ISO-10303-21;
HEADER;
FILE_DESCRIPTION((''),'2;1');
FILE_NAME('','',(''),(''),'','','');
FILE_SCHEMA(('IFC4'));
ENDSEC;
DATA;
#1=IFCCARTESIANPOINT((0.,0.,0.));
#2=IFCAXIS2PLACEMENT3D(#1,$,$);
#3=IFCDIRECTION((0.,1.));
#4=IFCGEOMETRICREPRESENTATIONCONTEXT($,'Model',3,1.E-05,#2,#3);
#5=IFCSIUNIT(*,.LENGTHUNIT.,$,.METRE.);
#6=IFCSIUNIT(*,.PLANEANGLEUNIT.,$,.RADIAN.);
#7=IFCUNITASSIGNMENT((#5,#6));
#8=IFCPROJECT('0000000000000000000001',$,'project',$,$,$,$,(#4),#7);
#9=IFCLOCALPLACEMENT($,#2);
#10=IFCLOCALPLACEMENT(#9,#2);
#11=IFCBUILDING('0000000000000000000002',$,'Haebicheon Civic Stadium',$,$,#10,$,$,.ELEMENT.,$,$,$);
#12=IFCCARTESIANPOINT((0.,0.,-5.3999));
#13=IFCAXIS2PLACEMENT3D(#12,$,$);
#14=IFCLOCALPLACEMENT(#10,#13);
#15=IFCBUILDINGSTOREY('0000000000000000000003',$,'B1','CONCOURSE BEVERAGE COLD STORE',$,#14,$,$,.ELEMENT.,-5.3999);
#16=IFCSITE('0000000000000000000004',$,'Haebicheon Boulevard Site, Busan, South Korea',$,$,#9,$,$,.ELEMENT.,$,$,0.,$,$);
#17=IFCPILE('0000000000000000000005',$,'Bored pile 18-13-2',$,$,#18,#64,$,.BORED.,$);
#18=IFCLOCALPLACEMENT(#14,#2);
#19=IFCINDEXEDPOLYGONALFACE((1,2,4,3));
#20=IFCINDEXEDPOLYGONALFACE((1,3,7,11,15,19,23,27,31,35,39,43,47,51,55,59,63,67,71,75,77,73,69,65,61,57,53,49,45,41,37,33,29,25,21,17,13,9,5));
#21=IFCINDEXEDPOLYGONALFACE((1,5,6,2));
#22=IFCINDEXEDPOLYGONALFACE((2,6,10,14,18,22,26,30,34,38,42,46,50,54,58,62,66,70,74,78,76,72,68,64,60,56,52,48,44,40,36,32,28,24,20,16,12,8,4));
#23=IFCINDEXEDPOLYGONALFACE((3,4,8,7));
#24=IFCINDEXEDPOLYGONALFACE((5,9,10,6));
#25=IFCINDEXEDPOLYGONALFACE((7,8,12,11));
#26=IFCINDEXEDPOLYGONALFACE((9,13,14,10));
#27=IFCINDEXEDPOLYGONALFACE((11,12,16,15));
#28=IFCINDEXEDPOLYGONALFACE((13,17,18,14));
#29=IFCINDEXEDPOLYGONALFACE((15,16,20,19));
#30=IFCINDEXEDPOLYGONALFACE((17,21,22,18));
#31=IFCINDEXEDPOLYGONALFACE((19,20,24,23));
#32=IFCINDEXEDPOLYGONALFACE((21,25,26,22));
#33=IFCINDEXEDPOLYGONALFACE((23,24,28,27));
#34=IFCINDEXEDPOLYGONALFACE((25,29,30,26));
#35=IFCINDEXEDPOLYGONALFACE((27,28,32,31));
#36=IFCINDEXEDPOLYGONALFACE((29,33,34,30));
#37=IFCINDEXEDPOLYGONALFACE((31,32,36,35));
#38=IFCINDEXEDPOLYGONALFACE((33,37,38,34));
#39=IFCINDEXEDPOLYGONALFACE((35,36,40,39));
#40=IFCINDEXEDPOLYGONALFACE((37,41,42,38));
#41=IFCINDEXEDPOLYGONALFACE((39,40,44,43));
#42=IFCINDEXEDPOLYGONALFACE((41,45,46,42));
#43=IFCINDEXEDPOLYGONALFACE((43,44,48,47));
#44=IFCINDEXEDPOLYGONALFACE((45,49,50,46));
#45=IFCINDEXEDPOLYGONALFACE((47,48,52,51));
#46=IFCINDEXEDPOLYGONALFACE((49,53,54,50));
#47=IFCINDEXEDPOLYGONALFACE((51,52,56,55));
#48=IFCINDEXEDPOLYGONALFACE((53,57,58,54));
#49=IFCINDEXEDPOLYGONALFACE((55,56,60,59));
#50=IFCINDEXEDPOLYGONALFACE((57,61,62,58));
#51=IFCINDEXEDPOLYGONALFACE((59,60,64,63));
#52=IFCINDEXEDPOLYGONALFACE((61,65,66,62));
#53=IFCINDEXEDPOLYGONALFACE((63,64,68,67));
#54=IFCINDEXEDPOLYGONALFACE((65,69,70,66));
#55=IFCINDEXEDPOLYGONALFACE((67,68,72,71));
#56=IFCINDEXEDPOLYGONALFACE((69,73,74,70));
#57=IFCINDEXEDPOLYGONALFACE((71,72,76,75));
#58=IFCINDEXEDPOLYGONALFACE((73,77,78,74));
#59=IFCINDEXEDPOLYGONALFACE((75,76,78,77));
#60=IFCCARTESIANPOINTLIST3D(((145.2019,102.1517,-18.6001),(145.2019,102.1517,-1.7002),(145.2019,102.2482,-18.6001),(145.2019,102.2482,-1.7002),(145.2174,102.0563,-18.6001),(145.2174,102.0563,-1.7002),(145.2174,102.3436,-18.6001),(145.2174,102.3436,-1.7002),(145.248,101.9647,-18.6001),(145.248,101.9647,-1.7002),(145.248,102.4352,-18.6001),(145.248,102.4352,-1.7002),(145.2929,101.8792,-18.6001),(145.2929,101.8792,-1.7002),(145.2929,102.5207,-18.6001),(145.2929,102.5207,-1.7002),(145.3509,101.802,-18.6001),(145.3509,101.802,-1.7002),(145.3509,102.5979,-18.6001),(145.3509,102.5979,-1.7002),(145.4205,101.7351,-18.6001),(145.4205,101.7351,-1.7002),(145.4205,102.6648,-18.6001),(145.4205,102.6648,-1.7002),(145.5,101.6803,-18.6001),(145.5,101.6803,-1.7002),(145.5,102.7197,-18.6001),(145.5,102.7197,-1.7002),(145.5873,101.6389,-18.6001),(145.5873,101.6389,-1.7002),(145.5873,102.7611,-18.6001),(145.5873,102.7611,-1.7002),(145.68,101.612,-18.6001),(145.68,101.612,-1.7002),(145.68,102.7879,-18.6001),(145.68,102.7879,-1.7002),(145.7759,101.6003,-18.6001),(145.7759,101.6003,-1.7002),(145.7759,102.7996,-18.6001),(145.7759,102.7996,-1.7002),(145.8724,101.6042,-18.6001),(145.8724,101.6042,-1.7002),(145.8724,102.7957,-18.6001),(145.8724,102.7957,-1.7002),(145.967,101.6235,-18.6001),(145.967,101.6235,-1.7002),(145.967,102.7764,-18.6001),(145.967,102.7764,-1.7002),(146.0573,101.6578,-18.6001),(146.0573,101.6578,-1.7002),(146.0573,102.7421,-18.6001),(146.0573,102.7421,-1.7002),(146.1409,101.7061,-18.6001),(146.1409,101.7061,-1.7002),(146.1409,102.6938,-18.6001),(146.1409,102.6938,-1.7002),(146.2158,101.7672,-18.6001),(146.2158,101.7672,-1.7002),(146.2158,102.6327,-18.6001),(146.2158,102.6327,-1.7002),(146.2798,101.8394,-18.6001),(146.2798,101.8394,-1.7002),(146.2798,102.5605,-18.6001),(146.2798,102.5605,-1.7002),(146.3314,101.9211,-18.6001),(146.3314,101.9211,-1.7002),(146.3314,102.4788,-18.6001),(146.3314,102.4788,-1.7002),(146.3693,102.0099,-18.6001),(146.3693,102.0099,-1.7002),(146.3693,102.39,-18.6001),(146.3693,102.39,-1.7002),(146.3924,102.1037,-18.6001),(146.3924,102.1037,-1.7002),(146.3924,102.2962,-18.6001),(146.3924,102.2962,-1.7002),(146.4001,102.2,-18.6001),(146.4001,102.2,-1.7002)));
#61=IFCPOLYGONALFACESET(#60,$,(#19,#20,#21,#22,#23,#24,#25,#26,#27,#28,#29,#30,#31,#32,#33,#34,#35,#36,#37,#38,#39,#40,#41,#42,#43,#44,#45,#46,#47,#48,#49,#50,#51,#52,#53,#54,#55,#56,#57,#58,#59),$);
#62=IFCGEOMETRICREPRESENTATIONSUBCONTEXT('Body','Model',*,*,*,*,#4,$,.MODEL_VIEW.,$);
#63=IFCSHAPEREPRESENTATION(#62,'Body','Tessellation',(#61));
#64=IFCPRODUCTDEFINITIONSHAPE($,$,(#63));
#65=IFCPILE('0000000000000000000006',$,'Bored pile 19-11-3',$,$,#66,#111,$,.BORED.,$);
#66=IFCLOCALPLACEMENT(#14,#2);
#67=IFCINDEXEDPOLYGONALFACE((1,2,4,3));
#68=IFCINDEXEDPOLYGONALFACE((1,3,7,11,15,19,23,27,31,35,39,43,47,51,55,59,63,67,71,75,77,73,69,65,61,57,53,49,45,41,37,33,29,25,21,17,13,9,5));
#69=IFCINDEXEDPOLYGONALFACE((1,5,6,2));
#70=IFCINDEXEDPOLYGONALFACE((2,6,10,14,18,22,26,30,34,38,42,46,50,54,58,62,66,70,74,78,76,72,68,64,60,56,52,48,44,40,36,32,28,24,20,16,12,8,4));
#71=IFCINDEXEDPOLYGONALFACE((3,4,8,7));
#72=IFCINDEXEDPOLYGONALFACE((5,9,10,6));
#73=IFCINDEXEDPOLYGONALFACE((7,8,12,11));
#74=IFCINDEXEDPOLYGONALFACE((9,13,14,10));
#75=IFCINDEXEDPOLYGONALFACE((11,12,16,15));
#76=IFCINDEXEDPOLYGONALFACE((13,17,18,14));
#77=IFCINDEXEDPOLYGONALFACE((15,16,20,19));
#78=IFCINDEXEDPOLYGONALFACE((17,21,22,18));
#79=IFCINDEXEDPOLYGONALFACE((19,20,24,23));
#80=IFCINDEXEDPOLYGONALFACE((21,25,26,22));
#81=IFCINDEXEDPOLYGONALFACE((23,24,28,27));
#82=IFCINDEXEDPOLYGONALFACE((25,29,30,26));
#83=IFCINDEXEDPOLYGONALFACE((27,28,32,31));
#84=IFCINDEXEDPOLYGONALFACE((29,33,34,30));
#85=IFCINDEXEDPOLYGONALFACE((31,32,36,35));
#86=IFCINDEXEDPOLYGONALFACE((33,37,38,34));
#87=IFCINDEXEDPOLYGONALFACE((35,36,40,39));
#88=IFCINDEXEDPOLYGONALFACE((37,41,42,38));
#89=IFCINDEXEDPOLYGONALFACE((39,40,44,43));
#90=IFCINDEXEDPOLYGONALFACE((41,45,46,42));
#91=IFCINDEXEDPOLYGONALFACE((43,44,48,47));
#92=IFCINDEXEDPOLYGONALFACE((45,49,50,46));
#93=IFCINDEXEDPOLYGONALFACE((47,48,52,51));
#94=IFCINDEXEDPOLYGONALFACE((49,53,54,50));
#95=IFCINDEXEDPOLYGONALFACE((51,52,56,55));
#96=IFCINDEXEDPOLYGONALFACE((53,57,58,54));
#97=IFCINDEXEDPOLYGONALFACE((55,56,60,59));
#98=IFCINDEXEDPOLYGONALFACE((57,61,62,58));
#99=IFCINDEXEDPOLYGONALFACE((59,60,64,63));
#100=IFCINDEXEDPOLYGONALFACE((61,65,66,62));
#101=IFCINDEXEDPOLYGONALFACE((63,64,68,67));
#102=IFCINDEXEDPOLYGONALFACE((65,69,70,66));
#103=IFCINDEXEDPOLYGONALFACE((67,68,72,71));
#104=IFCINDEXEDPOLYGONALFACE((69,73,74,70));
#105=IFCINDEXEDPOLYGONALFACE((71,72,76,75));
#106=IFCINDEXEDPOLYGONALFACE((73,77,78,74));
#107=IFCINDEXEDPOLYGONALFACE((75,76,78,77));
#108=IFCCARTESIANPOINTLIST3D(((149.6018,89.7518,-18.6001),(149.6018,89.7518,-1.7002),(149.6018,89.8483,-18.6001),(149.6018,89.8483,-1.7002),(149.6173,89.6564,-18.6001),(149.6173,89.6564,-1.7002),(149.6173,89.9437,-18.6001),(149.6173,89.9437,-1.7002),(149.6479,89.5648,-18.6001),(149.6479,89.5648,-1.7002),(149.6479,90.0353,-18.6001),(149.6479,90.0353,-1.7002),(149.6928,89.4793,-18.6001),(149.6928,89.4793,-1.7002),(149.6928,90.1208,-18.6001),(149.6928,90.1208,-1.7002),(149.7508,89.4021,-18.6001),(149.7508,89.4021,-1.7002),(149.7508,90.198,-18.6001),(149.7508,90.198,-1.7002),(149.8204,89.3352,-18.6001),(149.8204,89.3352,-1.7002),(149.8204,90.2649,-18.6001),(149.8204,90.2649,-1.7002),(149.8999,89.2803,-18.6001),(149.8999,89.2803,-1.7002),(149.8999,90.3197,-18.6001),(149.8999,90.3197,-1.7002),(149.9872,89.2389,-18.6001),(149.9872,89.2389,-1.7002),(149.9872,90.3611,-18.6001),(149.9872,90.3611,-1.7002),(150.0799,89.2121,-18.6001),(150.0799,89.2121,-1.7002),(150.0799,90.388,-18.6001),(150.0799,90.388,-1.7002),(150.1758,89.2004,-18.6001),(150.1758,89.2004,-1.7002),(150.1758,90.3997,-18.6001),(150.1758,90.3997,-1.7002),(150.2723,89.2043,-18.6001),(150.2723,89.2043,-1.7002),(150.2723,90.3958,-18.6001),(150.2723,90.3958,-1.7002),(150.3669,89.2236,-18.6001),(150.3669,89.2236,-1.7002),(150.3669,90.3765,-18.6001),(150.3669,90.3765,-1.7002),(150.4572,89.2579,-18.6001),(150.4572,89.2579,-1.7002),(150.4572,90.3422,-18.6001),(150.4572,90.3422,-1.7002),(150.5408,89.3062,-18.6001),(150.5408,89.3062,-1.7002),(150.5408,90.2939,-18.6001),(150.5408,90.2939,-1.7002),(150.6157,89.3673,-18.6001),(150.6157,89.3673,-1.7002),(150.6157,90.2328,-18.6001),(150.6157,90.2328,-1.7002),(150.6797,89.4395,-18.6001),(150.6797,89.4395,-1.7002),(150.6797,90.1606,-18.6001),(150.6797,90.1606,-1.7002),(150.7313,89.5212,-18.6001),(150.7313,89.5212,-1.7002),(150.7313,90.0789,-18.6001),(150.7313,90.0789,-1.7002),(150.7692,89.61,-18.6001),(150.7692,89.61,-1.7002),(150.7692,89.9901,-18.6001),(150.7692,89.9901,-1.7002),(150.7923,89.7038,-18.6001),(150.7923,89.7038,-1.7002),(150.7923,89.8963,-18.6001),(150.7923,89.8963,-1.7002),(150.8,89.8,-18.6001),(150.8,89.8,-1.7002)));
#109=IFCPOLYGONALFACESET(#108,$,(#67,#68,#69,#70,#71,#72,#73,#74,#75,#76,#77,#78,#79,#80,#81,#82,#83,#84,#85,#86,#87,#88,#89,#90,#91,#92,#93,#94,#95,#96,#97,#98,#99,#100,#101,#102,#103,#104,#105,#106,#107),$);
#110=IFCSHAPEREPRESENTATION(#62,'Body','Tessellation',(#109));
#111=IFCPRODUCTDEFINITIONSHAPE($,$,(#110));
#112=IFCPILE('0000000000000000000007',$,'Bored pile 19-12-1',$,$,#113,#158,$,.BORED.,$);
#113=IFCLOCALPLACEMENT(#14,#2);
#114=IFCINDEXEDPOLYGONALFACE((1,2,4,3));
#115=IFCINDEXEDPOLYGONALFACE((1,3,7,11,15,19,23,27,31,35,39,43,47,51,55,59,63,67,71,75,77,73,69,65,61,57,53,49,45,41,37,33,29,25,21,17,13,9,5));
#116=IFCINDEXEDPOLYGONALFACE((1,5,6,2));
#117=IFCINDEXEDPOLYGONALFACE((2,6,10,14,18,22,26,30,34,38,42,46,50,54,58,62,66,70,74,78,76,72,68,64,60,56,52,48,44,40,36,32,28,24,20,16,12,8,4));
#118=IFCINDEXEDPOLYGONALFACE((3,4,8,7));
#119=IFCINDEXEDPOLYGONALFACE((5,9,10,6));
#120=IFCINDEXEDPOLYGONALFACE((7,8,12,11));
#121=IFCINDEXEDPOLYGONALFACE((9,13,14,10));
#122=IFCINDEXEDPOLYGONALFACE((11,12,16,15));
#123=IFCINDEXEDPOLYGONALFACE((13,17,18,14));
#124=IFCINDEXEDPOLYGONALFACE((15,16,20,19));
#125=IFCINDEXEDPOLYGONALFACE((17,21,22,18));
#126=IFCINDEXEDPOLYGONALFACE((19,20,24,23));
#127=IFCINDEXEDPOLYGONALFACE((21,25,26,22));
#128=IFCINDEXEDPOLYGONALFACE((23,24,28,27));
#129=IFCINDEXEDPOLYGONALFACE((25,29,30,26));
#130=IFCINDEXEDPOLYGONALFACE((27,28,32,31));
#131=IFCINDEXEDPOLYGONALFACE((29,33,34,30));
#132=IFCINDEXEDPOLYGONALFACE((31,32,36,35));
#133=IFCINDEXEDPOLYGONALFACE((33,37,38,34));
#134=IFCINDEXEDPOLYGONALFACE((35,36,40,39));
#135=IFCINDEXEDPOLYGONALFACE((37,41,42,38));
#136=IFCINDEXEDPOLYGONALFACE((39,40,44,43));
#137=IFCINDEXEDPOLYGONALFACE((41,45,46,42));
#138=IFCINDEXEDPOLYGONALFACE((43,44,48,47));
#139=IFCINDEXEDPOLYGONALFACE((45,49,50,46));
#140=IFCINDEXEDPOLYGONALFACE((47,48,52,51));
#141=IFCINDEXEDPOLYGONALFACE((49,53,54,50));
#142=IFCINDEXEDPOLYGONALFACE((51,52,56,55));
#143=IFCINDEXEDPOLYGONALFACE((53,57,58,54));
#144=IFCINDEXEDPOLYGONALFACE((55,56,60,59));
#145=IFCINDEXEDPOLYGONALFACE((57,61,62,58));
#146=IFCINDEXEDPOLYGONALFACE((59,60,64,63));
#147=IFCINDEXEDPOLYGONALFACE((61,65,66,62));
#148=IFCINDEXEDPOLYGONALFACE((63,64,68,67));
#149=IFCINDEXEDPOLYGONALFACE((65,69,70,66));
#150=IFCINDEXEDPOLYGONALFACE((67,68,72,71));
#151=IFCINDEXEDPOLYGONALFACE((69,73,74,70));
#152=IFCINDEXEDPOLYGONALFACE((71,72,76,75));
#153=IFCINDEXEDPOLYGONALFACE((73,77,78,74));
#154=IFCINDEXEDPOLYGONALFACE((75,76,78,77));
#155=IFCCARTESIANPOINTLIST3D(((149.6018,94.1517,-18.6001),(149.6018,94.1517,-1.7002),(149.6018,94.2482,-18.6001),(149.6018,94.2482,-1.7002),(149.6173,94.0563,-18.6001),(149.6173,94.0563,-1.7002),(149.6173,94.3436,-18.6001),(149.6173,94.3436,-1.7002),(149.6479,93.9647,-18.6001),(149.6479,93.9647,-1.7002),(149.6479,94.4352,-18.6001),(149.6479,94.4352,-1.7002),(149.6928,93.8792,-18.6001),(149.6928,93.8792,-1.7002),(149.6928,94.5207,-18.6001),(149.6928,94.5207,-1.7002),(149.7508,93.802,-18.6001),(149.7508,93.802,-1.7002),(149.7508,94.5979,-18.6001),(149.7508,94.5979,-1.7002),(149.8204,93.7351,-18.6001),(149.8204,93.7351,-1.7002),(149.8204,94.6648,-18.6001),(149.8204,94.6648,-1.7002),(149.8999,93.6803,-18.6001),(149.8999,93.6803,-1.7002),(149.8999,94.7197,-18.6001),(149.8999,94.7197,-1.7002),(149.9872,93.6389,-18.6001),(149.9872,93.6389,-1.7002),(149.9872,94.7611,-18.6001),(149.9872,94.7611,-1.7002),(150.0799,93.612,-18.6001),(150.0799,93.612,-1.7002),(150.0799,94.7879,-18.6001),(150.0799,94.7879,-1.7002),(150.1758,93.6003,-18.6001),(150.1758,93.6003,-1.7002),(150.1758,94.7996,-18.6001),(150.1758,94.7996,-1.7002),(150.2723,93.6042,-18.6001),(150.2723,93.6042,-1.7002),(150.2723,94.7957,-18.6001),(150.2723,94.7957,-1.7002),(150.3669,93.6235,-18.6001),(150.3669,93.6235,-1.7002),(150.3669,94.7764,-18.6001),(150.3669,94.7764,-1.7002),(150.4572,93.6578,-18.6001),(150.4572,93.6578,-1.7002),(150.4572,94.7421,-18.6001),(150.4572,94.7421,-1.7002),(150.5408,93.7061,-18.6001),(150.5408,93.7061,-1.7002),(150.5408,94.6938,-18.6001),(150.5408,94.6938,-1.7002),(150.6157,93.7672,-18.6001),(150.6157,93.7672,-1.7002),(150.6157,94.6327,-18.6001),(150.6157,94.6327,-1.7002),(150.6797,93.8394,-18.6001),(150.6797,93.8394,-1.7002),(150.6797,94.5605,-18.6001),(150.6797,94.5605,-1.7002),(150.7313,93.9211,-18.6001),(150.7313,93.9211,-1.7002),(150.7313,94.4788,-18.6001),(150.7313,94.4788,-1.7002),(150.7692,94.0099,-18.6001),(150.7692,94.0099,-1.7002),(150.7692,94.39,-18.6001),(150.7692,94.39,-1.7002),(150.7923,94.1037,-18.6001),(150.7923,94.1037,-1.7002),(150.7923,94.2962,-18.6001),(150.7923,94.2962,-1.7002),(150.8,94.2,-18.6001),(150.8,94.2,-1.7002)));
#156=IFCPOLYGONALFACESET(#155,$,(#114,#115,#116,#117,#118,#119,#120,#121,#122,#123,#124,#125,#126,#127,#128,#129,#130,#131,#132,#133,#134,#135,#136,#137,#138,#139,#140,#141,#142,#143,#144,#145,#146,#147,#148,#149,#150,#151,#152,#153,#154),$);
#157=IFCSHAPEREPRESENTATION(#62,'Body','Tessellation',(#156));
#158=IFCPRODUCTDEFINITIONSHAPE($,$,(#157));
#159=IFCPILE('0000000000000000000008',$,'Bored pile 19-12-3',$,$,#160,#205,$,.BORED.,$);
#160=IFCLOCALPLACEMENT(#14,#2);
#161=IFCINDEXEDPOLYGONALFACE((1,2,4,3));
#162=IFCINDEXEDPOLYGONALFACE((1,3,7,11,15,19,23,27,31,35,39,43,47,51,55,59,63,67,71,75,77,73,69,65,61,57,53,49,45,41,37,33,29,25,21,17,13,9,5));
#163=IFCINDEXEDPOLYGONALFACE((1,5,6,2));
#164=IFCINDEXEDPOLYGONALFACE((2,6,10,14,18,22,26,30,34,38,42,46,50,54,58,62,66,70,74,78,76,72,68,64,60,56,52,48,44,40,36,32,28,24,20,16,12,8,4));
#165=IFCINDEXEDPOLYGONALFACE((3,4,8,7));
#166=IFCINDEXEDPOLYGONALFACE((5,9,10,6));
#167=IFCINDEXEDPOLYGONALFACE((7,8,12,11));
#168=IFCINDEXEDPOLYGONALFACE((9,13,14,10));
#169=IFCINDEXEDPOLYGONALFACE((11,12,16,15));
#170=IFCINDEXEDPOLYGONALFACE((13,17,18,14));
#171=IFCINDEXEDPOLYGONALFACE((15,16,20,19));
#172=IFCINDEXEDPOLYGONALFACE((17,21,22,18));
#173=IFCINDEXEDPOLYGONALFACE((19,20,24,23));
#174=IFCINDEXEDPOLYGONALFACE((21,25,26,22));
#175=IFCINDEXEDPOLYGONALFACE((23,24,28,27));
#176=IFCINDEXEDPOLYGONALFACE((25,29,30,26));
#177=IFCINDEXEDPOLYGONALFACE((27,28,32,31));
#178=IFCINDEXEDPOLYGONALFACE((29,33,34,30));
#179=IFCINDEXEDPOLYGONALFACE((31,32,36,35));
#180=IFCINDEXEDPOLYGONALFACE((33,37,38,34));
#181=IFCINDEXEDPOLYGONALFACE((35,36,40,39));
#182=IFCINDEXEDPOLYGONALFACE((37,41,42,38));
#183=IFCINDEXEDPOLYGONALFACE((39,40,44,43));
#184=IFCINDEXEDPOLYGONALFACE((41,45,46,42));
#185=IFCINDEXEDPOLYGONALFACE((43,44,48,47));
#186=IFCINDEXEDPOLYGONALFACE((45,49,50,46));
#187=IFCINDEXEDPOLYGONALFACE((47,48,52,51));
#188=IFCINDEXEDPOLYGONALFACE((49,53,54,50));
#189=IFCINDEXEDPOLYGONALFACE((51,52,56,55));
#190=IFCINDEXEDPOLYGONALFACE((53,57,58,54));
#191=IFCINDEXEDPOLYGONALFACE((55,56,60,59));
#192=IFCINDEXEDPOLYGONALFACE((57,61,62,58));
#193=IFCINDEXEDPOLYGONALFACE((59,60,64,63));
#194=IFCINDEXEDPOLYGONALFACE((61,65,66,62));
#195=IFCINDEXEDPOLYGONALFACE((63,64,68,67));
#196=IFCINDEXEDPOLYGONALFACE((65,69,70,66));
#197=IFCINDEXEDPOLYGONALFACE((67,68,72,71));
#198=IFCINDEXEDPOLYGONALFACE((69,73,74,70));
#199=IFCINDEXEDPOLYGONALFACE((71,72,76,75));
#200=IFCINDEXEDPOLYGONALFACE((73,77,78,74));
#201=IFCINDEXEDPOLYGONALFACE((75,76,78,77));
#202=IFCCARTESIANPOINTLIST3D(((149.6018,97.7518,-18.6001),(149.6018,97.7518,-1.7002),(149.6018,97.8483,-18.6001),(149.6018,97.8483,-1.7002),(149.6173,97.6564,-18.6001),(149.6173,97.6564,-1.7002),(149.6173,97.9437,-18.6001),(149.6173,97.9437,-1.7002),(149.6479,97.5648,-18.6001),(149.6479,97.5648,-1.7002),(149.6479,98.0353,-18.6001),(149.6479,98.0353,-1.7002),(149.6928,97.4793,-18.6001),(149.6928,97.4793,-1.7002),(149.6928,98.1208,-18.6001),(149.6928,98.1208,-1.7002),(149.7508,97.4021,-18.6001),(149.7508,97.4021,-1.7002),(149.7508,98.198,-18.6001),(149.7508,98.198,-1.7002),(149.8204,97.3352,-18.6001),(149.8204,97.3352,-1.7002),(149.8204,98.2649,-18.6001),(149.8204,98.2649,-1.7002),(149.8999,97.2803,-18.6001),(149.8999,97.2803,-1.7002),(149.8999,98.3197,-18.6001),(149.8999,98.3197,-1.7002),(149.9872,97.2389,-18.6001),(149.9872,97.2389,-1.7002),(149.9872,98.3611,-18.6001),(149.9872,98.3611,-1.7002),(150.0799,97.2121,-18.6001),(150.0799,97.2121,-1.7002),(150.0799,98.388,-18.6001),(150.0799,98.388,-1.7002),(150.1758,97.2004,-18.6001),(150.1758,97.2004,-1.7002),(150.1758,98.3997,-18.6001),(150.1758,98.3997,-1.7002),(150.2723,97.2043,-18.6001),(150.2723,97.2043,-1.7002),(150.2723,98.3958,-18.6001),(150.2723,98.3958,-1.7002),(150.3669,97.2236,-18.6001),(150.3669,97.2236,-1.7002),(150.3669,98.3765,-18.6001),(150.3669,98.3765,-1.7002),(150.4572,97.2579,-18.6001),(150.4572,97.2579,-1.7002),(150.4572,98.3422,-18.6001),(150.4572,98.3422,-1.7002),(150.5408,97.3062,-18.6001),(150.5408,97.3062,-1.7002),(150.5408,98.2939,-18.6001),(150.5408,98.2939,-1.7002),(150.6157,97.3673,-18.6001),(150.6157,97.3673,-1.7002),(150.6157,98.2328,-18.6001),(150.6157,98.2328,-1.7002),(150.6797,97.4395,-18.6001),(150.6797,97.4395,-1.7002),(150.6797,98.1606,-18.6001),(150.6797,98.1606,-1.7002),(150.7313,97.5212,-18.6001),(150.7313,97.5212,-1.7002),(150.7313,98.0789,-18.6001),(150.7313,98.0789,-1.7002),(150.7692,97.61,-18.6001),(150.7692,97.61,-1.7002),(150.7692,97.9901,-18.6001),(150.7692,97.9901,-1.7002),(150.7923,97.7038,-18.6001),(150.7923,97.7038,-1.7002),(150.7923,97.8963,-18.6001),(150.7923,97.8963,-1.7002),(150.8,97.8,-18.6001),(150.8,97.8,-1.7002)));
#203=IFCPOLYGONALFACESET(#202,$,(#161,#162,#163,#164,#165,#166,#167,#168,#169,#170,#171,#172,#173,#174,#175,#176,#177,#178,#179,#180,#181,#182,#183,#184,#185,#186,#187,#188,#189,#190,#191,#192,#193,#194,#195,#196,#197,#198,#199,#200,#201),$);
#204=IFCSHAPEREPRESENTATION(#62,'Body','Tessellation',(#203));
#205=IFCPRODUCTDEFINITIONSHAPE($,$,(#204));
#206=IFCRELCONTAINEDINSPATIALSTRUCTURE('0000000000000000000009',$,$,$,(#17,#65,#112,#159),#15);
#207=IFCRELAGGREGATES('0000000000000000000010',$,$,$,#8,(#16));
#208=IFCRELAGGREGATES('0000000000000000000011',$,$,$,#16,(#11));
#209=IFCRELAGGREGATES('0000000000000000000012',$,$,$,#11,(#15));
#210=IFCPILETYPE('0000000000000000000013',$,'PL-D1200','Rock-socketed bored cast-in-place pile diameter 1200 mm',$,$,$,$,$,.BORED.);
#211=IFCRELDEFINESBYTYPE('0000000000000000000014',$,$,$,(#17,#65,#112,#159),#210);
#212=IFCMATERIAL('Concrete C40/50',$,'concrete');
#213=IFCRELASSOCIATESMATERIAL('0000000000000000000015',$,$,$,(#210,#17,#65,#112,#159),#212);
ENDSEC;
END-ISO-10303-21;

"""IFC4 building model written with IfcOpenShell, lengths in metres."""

from ifc_helpers import new_model, si_unit, direction, frame, origin, origin_2d, place, context, subcontext, project, spatial, circle, extrude, material, material_profile, profile_set, type_object, element, save


model = new_model("IFC4")

# Units and contexts
model_context = context("Model", 3, precision=1e-05, world=origin(), true_north=direction((0.0, 1.0)))
body_context = subcontext(model_context, "Body", "Model", "MODEL_VIEW")
ifc_project = project(units=[si_unit("LENGTHUNIT", "METRE"), si_unit("PLANEANGLEUNIT", "RADIAN")], contexts=[model_context])

# Site, building, storey
site_placement = place(None, origin())
site = spatial("IfcSite", under=ifc_project, at=site_placement, Name="Haebicheon Boulevard Site, Busan, South Korea", CompositionType="ELEMENT", RefElevation=0.0)
building_placement = place(site_placement, origin())
building = spatial("IfcBuilding", under=site, at=building_placement, Name="Haebicheon Civic Stadium", CompositionType="ELEMENT")
storey_placement = place(building_placement, frame((0.0, 0.0, -5.3999)))
storey = spatial("IfcBuildingStorey", under=building, at=storey_placement, Name="B1", Description="CONCOURSE BEVERAGE COLD STORE", CompositionType="ELEMENT", Elevation=-5.3999)

# Piles
ifc_material_1 = material(Name="Concrete C40/50", Category="concrete")
ifc_material_profile_1 = material_profile(ifc_material_1, circle(Radius=0.6001, at=origin_2d()), Name="PILE-D1200")
ifc_profile_set_1 = profile_set([ifc_material_profile_1], Name="Concrete C40/50")
pile_type = type_object("IfcPileType", Name="PL-D1200", Description="Rock-socketed bored cast-in-place pile diameter 1200 mm", PredefinedType="BORED", material=ifc_profile_set_1)
for number, where, z_axis, x_axis, name in (
    (1, (145.8, 102.2, -1.7002), (0.0, 0.0, -1.0), (1.0, 0.0, 0.0), "Bored pile 18-13-2"),
    (2, (150.2, 89.8, -1.7002), (0.0, 0.0, -1.0), (1.0, 0.0, 0.0), "Bored pile 19-11-3"),
    (3, (150.2, 94.2, -1.7002), (0.0, 0.0, -1.0), (1.0, 0.0, 0.0), "Bored pile 19-12-1"),
    (4, (150.2, 97.8, -1.7002), (0.0, 0.0, -1.0), (1.0, 0.0, 0.0), "Bored pile 19-12-3"),
):
    element("IfcPile", number, at=place(storey_placement, frame(where, z_axis=z_axis, x_axis=x_axis)), inside=storey, type_object=pile_type, material=ifc_profile_set_1, Name=name, PredefinedType="BORED", context=body_context, shape_type="SweptSolid", body=[
        extrude(circle(Radius=0.6001, at=origin_2d()), origin(), (0.0, 0.0, 1.0), 16.8999),
    ])

save(model, "model.ifc")
